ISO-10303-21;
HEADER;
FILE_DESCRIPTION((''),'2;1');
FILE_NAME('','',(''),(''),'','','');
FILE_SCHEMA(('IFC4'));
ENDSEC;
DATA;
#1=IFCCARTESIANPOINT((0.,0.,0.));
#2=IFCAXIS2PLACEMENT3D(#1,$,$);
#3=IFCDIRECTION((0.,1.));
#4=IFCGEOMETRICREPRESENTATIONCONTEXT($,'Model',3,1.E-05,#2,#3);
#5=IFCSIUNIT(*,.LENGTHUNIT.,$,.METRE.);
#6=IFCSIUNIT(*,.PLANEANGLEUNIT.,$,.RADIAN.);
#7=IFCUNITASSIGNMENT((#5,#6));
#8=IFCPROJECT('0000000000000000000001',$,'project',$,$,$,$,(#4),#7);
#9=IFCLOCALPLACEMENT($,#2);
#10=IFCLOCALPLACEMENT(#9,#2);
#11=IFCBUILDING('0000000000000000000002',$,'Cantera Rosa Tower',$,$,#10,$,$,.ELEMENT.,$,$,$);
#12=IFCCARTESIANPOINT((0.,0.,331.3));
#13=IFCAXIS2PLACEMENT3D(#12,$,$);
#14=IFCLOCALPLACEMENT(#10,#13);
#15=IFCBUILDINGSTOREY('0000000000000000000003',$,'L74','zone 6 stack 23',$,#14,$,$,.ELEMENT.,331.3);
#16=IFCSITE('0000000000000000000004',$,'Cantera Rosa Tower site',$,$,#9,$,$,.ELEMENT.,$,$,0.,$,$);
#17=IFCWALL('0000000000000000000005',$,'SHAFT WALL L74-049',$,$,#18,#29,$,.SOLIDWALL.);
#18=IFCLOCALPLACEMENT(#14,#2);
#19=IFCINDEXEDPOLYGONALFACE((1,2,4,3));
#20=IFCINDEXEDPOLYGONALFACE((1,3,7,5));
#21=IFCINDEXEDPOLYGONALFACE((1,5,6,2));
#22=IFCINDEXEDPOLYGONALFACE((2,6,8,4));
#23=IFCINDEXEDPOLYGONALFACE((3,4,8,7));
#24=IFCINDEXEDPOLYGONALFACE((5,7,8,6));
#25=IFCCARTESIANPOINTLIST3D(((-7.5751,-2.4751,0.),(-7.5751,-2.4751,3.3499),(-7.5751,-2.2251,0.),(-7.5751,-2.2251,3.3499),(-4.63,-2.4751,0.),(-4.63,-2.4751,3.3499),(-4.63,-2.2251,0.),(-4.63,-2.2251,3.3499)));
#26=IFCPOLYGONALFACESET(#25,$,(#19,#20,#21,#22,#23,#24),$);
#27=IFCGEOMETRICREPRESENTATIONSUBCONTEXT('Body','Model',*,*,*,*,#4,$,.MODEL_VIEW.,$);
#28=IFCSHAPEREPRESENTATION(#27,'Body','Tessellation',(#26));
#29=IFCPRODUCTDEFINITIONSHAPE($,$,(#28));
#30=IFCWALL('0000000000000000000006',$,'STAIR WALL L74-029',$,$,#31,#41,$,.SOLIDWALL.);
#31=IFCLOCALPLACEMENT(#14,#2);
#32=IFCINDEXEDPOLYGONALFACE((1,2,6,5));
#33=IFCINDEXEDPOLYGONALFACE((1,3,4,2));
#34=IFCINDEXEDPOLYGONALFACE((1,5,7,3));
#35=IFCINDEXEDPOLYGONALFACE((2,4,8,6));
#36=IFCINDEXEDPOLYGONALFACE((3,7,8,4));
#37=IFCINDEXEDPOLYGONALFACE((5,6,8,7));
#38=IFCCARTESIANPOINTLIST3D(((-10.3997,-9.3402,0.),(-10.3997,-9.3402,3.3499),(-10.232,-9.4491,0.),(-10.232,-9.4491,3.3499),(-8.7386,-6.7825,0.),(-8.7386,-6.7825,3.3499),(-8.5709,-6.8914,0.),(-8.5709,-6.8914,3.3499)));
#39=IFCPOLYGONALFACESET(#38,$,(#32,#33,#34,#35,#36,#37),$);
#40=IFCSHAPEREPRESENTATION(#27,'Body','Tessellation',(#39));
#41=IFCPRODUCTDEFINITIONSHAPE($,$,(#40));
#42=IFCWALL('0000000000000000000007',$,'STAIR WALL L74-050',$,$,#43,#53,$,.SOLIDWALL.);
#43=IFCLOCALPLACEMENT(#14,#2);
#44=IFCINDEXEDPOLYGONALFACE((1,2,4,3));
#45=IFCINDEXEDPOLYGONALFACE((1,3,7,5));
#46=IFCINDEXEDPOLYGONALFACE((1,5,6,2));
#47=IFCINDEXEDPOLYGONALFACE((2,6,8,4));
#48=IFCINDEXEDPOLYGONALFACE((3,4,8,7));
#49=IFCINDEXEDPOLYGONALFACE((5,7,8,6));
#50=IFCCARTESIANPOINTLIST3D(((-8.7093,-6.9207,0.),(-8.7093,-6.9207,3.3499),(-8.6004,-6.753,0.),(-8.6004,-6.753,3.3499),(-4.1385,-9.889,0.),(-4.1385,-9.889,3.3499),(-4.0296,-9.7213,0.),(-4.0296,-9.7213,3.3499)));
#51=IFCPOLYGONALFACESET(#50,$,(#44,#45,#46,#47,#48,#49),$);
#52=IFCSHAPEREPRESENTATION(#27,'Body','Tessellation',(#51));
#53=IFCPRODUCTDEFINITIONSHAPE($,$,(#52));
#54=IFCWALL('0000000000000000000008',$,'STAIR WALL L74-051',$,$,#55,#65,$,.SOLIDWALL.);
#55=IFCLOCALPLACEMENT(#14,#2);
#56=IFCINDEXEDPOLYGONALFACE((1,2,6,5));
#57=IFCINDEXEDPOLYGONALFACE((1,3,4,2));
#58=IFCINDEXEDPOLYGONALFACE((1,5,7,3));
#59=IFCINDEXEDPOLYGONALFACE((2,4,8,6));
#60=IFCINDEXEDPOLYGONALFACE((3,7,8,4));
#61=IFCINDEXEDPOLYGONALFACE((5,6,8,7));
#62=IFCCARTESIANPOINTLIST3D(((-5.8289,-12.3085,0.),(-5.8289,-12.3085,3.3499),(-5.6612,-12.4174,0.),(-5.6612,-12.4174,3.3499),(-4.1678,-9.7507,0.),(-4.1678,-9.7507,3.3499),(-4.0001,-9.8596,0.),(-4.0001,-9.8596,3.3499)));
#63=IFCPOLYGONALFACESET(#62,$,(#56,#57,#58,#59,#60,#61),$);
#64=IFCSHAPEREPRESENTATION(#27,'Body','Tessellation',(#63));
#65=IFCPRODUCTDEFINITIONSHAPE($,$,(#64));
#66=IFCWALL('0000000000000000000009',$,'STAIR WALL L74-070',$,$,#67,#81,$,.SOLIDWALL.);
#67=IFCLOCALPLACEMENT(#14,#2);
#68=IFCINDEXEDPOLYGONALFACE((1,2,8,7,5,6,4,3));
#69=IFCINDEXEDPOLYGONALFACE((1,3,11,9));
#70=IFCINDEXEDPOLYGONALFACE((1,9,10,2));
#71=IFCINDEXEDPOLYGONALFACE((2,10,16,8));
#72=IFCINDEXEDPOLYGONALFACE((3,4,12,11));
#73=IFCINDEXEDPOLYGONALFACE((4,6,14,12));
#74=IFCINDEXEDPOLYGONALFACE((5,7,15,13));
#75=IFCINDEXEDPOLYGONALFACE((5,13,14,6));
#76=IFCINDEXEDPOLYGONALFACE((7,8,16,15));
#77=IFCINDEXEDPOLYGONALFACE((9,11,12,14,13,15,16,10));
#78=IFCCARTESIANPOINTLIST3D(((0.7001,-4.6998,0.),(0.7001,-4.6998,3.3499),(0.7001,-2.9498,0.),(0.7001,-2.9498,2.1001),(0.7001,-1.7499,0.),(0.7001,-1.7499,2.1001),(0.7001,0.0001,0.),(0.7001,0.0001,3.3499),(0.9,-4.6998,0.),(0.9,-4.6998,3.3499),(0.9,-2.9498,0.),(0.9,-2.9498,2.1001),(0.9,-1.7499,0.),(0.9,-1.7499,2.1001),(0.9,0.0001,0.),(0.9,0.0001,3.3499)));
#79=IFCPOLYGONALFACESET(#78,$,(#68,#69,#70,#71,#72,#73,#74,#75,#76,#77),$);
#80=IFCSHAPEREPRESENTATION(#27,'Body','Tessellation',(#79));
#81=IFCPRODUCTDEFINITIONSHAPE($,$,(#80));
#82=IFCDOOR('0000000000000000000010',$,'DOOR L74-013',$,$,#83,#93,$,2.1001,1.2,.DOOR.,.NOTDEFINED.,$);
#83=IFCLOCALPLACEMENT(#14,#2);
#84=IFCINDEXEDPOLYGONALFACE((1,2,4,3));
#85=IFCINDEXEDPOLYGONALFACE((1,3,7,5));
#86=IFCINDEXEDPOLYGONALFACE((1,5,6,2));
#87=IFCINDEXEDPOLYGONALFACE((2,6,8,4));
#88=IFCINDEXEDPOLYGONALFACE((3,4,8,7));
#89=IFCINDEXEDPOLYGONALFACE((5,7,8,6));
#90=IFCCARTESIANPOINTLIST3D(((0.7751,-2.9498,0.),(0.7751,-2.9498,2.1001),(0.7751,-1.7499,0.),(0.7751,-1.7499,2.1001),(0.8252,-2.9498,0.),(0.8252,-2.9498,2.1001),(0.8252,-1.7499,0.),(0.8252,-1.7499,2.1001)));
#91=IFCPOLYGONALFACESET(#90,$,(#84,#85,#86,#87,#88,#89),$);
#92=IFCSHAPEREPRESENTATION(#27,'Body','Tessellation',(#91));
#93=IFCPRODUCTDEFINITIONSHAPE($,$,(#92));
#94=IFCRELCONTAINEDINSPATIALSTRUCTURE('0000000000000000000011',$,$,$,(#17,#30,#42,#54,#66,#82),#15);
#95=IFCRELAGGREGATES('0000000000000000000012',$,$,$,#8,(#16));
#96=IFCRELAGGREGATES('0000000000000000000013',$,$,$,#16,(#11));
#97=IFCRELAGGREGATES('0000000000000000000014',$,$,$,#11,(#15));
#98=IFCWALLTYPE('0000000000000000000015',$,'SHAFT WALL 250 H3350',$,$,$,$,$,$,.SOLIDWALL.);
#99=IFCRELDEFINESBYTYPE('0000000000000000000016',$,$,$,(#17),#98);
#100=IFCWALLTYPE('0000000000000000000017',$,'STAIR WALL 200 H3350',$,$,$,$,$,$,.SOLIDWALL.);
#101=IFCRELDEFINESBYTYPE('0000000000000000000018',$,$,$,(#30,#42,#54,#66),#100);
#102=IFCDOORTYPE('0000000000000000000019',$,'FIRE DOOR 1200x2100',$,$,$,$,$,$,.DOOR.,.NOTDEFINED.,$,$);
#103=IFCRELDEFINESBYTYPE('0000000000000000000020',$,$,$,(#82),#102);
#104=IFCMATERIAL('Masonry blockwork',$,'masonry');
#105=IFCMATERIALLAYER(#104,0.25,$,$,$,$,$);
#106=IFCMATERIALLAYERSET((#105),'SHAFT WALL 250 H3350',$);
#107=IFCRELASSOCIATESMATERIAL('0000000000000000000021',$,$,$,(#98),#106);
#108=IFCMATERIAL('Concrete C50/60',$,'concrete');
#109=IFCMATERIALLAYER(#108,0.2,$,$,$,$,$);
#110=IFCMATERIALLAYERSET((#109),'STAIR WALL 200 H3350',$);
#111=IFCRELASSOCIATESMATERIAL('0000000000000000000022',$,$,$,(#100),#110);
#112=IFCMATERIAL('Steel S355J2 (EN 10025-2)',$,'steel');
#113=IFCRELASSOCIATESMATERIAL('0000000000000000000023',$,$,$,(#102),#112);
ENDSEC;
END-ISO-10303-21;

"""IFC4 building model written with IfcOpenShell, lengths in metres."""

from ifc_helpers import new_model, si_unit, direction, frame, frame_2d, origin, place, context, subcontext, project, spatial, rectangle, extrude, material, layer, layer_set, type_object, element, fill, save


model = new_model("IFC4")

# Units and contexts
model_context = context("Model", 3, precision=1e-05, world=origin(), true_north=direction((0.0, 1.0)))
body_context = subcontext(model_context, "Body", "Model", "MODEL_VIEW")
ifc_project = project(units=[si_unit("LENGTHUNIT", "METRE"), si_unit("PLANEANGLEUNIT", "RADIAN")], contexts=[model_context])

# Site, building, storey
site_placement = place(None, origin())
site = spatial("IfcSite", under=ifc_project, at=site_placement, Name="Cantera Rosa Tower site", CompositionType="ELEMENT", RefElevation=0.0)
building_placement = place(site_placement, origin())
building = spatial("IfcBuilding", under=site, at=building_placement, Name="Cantera Rosa Tower", CompositionType="ELEMENT")
storey_placement = place(building_placement, frame((0.0, 0.0, 331.3)))
storey = spatial("IfcBuildingStorey", under=building, at=storey_placement, Name="L74", Description="zone 6 stack 23", CompositionType="ELEMENT", Elevation=331.3)

# Walls
ifc_material_1 = material(Name="Masonry blockwork", Category="masonry")
ifc_layer_1 = layer(ifc_material_1, 0.25)
ifc_layer_set_1 = layer_set([ifc_layer_1], Name="SHAFT WALL 250 H3350")
wall_type_1 = type_object("IfcWallType", Name="SHAFT WALL 250 H3350", PredefinedType="SOLIDWALL", material=ifc_layer_set_1)
wall_1_placement = place(storey_placement, frame((-4.6299, -2.3501, 0.0), z_axis=(0.0, 0.0, 1.0), x_axis=(-1.0, 0.0, 0.0)))
element("IfcWall", 1, at=wall_1_placement, inside=storey, type_object=wall_type_1, Name="SHAFT WALL L74-049", PredefinedType="SOLIDWALL", context=body_context, shape_type="SweptSolid", body=[
    extrude(rectangle(XDim=2.9451, YDim=0.25, at=frame_2d((1.4727, 0.0))), origin(), (0.0, 0.0, 1.0), 3.3499),
])
ifc_material_2 = material(Name="Concrete C50/60", Category="concrete")
ifc_layer_2 = layer(ifc_material_2, 0.2)
ifc_layer_set_2 = layer_set([ifc_layer_2], Name="STAIR WALL 200 H3350")
wall_type_2 = type_object("IfcWallType", Name="STAIR WALL 200 H3350", PredefinedType="SOLIDWALL", material=ifc_layer_set_2)
wall_2_placement = place(storey_placement, frame((-8.6548, -6.8369, 0.0), z_axis=(0.0, 0.0, 1.0), x_axis=(-0.544648, -0.838665, 0.0)))
element("IfcWall", 2, at=wall_2_placement, inside=storey, type_object=wall_type_2, Name="STAIR WALL L74-029", PredefinedType="SOLIDWALL", context=body_context, shape_type="SweptSolid", body=[
    extrude(rectangle(XDim=3.0498, YDim=0.2, at=frame_2d((1.5249, 0.0))), origin(), (0.0, 0.0, 1.0), 3.3499),
])
wall_3_placement = place(storey_placement, frame((-4.084, -9.8052, 0.0), z_axis=(0.0, 0.0, 1.0), x_axis=(-0.838675, 0.544632, 0.0)))
element("IfcWall", 3, at=wall_3_placement, inside=storey, type_object=wall_type_2, Name="STAIR WALL L74-050", PredefinedType="SOLIDWALL", context=body_context, shape_type="SweptSolid", body=[
    extrude(rectangle(XDim=5.45, YDim=0.2, at=frame_2d((2.7251, 0.0))), origin(), (0.0, 0.0, 1.0), 3.3499),
])
wall_4_placement = place(storey_placement, frame((-4.084, -9.8052, 0.0), z_axis=(0.0, 0.0, 1.0), x_axis=(-0.544648, -0.838665, 0.0)))
element("IfcWall", 4, at=wall_4_placement, inside=storey, type_object=wall_type_2, Name="STAIR WALL L74-051", PredefinedType="SOLIDWALL", context=body_context, shape_type="SweptSolid", body=[
    extrude(rectangle(XDim=3.0498, YDim=0.2, at=frame_2d((1.5249, 0.0))), origin(), (0.0, 0.0, 1.0), 3.3499),
])

# Wall, opening, door
wall_5_placement = place(storey_placement, frame((0.8, -4.7, 0.0), z_axis=(0.0, 0.0, 1.0), x_axis=(0.0, 1.0, 0.0)))
wall_5 = element("IfcWall", 5, at=wall_5_placement, inside=storey, type_object=wall_type_2, Name="STAIR WALL L74-070", PredefinedType="SOLIDWALL", context=body_context, shape_type="SweptSolid", body=[
    extrude(rectangle(XDim=4.7, YDim=0.2, at=frame_2d((2.3501, 0.0))), origin(), (0.0, 0.0, 1.0), 3.3499),
])
opening_1_placement = place(wall_5_placement, frame((1.75, 0.0, 0.0)))
opening_1 = element("IfcOpeningElement", 6, at=opening_1_placement, cuts=wall_5, PredefinedType="OPENING", context=body_context, shape_type="SweptSolid", body=[
    extrude(rectangle(XDim=1.2, YDim=2.1001, at=frame_2d((0.6001, 1.05))), frame((0.0, 0.1099, 0.0), z_axis=(0.0, -1.0, 0.0), x_axis=(1.0, 0.0, 0.0)), (0.0, 0.0, 1.0), 0.22),
])
ifc_material_3 = material(Name="Steel S355J2 (EN 10025-2)", Category="steel")
door_type_1 = type_object("IfcDoorType", Name="FIRE DOOR 1200x2100", OperationType="NOTDEFINED", PredefinedType="DOOR", material=ifc_material_3)
door_1_placement = place(opening_1_placement, origin())
door_1 = element("IfcDoor", 7, at=door_1_placement, inside=storey, type_object=door_type_1, Name="DOOR L74-013", OperationType="NOTDEFINED", OverallHeight=2.1001, OverallWidth=1.2, PredefinedType="DOOR", context=body_context, shape_type="SweptSolid", body=[
    extrude(rectangle(XDim=1.2, YDim=2.1001, at=frame_2d((0.6001, 1.05))), frame((0.0, 0.0249, 0.0), z_axis=(0.0, -1.0, 0.0), x_axis=(1.0, 0.0, 0.0)), (0.0, 0.0, 1.0), 0.05),
])
fill(opening_1, door_1)

save(model, "model.ifc")
